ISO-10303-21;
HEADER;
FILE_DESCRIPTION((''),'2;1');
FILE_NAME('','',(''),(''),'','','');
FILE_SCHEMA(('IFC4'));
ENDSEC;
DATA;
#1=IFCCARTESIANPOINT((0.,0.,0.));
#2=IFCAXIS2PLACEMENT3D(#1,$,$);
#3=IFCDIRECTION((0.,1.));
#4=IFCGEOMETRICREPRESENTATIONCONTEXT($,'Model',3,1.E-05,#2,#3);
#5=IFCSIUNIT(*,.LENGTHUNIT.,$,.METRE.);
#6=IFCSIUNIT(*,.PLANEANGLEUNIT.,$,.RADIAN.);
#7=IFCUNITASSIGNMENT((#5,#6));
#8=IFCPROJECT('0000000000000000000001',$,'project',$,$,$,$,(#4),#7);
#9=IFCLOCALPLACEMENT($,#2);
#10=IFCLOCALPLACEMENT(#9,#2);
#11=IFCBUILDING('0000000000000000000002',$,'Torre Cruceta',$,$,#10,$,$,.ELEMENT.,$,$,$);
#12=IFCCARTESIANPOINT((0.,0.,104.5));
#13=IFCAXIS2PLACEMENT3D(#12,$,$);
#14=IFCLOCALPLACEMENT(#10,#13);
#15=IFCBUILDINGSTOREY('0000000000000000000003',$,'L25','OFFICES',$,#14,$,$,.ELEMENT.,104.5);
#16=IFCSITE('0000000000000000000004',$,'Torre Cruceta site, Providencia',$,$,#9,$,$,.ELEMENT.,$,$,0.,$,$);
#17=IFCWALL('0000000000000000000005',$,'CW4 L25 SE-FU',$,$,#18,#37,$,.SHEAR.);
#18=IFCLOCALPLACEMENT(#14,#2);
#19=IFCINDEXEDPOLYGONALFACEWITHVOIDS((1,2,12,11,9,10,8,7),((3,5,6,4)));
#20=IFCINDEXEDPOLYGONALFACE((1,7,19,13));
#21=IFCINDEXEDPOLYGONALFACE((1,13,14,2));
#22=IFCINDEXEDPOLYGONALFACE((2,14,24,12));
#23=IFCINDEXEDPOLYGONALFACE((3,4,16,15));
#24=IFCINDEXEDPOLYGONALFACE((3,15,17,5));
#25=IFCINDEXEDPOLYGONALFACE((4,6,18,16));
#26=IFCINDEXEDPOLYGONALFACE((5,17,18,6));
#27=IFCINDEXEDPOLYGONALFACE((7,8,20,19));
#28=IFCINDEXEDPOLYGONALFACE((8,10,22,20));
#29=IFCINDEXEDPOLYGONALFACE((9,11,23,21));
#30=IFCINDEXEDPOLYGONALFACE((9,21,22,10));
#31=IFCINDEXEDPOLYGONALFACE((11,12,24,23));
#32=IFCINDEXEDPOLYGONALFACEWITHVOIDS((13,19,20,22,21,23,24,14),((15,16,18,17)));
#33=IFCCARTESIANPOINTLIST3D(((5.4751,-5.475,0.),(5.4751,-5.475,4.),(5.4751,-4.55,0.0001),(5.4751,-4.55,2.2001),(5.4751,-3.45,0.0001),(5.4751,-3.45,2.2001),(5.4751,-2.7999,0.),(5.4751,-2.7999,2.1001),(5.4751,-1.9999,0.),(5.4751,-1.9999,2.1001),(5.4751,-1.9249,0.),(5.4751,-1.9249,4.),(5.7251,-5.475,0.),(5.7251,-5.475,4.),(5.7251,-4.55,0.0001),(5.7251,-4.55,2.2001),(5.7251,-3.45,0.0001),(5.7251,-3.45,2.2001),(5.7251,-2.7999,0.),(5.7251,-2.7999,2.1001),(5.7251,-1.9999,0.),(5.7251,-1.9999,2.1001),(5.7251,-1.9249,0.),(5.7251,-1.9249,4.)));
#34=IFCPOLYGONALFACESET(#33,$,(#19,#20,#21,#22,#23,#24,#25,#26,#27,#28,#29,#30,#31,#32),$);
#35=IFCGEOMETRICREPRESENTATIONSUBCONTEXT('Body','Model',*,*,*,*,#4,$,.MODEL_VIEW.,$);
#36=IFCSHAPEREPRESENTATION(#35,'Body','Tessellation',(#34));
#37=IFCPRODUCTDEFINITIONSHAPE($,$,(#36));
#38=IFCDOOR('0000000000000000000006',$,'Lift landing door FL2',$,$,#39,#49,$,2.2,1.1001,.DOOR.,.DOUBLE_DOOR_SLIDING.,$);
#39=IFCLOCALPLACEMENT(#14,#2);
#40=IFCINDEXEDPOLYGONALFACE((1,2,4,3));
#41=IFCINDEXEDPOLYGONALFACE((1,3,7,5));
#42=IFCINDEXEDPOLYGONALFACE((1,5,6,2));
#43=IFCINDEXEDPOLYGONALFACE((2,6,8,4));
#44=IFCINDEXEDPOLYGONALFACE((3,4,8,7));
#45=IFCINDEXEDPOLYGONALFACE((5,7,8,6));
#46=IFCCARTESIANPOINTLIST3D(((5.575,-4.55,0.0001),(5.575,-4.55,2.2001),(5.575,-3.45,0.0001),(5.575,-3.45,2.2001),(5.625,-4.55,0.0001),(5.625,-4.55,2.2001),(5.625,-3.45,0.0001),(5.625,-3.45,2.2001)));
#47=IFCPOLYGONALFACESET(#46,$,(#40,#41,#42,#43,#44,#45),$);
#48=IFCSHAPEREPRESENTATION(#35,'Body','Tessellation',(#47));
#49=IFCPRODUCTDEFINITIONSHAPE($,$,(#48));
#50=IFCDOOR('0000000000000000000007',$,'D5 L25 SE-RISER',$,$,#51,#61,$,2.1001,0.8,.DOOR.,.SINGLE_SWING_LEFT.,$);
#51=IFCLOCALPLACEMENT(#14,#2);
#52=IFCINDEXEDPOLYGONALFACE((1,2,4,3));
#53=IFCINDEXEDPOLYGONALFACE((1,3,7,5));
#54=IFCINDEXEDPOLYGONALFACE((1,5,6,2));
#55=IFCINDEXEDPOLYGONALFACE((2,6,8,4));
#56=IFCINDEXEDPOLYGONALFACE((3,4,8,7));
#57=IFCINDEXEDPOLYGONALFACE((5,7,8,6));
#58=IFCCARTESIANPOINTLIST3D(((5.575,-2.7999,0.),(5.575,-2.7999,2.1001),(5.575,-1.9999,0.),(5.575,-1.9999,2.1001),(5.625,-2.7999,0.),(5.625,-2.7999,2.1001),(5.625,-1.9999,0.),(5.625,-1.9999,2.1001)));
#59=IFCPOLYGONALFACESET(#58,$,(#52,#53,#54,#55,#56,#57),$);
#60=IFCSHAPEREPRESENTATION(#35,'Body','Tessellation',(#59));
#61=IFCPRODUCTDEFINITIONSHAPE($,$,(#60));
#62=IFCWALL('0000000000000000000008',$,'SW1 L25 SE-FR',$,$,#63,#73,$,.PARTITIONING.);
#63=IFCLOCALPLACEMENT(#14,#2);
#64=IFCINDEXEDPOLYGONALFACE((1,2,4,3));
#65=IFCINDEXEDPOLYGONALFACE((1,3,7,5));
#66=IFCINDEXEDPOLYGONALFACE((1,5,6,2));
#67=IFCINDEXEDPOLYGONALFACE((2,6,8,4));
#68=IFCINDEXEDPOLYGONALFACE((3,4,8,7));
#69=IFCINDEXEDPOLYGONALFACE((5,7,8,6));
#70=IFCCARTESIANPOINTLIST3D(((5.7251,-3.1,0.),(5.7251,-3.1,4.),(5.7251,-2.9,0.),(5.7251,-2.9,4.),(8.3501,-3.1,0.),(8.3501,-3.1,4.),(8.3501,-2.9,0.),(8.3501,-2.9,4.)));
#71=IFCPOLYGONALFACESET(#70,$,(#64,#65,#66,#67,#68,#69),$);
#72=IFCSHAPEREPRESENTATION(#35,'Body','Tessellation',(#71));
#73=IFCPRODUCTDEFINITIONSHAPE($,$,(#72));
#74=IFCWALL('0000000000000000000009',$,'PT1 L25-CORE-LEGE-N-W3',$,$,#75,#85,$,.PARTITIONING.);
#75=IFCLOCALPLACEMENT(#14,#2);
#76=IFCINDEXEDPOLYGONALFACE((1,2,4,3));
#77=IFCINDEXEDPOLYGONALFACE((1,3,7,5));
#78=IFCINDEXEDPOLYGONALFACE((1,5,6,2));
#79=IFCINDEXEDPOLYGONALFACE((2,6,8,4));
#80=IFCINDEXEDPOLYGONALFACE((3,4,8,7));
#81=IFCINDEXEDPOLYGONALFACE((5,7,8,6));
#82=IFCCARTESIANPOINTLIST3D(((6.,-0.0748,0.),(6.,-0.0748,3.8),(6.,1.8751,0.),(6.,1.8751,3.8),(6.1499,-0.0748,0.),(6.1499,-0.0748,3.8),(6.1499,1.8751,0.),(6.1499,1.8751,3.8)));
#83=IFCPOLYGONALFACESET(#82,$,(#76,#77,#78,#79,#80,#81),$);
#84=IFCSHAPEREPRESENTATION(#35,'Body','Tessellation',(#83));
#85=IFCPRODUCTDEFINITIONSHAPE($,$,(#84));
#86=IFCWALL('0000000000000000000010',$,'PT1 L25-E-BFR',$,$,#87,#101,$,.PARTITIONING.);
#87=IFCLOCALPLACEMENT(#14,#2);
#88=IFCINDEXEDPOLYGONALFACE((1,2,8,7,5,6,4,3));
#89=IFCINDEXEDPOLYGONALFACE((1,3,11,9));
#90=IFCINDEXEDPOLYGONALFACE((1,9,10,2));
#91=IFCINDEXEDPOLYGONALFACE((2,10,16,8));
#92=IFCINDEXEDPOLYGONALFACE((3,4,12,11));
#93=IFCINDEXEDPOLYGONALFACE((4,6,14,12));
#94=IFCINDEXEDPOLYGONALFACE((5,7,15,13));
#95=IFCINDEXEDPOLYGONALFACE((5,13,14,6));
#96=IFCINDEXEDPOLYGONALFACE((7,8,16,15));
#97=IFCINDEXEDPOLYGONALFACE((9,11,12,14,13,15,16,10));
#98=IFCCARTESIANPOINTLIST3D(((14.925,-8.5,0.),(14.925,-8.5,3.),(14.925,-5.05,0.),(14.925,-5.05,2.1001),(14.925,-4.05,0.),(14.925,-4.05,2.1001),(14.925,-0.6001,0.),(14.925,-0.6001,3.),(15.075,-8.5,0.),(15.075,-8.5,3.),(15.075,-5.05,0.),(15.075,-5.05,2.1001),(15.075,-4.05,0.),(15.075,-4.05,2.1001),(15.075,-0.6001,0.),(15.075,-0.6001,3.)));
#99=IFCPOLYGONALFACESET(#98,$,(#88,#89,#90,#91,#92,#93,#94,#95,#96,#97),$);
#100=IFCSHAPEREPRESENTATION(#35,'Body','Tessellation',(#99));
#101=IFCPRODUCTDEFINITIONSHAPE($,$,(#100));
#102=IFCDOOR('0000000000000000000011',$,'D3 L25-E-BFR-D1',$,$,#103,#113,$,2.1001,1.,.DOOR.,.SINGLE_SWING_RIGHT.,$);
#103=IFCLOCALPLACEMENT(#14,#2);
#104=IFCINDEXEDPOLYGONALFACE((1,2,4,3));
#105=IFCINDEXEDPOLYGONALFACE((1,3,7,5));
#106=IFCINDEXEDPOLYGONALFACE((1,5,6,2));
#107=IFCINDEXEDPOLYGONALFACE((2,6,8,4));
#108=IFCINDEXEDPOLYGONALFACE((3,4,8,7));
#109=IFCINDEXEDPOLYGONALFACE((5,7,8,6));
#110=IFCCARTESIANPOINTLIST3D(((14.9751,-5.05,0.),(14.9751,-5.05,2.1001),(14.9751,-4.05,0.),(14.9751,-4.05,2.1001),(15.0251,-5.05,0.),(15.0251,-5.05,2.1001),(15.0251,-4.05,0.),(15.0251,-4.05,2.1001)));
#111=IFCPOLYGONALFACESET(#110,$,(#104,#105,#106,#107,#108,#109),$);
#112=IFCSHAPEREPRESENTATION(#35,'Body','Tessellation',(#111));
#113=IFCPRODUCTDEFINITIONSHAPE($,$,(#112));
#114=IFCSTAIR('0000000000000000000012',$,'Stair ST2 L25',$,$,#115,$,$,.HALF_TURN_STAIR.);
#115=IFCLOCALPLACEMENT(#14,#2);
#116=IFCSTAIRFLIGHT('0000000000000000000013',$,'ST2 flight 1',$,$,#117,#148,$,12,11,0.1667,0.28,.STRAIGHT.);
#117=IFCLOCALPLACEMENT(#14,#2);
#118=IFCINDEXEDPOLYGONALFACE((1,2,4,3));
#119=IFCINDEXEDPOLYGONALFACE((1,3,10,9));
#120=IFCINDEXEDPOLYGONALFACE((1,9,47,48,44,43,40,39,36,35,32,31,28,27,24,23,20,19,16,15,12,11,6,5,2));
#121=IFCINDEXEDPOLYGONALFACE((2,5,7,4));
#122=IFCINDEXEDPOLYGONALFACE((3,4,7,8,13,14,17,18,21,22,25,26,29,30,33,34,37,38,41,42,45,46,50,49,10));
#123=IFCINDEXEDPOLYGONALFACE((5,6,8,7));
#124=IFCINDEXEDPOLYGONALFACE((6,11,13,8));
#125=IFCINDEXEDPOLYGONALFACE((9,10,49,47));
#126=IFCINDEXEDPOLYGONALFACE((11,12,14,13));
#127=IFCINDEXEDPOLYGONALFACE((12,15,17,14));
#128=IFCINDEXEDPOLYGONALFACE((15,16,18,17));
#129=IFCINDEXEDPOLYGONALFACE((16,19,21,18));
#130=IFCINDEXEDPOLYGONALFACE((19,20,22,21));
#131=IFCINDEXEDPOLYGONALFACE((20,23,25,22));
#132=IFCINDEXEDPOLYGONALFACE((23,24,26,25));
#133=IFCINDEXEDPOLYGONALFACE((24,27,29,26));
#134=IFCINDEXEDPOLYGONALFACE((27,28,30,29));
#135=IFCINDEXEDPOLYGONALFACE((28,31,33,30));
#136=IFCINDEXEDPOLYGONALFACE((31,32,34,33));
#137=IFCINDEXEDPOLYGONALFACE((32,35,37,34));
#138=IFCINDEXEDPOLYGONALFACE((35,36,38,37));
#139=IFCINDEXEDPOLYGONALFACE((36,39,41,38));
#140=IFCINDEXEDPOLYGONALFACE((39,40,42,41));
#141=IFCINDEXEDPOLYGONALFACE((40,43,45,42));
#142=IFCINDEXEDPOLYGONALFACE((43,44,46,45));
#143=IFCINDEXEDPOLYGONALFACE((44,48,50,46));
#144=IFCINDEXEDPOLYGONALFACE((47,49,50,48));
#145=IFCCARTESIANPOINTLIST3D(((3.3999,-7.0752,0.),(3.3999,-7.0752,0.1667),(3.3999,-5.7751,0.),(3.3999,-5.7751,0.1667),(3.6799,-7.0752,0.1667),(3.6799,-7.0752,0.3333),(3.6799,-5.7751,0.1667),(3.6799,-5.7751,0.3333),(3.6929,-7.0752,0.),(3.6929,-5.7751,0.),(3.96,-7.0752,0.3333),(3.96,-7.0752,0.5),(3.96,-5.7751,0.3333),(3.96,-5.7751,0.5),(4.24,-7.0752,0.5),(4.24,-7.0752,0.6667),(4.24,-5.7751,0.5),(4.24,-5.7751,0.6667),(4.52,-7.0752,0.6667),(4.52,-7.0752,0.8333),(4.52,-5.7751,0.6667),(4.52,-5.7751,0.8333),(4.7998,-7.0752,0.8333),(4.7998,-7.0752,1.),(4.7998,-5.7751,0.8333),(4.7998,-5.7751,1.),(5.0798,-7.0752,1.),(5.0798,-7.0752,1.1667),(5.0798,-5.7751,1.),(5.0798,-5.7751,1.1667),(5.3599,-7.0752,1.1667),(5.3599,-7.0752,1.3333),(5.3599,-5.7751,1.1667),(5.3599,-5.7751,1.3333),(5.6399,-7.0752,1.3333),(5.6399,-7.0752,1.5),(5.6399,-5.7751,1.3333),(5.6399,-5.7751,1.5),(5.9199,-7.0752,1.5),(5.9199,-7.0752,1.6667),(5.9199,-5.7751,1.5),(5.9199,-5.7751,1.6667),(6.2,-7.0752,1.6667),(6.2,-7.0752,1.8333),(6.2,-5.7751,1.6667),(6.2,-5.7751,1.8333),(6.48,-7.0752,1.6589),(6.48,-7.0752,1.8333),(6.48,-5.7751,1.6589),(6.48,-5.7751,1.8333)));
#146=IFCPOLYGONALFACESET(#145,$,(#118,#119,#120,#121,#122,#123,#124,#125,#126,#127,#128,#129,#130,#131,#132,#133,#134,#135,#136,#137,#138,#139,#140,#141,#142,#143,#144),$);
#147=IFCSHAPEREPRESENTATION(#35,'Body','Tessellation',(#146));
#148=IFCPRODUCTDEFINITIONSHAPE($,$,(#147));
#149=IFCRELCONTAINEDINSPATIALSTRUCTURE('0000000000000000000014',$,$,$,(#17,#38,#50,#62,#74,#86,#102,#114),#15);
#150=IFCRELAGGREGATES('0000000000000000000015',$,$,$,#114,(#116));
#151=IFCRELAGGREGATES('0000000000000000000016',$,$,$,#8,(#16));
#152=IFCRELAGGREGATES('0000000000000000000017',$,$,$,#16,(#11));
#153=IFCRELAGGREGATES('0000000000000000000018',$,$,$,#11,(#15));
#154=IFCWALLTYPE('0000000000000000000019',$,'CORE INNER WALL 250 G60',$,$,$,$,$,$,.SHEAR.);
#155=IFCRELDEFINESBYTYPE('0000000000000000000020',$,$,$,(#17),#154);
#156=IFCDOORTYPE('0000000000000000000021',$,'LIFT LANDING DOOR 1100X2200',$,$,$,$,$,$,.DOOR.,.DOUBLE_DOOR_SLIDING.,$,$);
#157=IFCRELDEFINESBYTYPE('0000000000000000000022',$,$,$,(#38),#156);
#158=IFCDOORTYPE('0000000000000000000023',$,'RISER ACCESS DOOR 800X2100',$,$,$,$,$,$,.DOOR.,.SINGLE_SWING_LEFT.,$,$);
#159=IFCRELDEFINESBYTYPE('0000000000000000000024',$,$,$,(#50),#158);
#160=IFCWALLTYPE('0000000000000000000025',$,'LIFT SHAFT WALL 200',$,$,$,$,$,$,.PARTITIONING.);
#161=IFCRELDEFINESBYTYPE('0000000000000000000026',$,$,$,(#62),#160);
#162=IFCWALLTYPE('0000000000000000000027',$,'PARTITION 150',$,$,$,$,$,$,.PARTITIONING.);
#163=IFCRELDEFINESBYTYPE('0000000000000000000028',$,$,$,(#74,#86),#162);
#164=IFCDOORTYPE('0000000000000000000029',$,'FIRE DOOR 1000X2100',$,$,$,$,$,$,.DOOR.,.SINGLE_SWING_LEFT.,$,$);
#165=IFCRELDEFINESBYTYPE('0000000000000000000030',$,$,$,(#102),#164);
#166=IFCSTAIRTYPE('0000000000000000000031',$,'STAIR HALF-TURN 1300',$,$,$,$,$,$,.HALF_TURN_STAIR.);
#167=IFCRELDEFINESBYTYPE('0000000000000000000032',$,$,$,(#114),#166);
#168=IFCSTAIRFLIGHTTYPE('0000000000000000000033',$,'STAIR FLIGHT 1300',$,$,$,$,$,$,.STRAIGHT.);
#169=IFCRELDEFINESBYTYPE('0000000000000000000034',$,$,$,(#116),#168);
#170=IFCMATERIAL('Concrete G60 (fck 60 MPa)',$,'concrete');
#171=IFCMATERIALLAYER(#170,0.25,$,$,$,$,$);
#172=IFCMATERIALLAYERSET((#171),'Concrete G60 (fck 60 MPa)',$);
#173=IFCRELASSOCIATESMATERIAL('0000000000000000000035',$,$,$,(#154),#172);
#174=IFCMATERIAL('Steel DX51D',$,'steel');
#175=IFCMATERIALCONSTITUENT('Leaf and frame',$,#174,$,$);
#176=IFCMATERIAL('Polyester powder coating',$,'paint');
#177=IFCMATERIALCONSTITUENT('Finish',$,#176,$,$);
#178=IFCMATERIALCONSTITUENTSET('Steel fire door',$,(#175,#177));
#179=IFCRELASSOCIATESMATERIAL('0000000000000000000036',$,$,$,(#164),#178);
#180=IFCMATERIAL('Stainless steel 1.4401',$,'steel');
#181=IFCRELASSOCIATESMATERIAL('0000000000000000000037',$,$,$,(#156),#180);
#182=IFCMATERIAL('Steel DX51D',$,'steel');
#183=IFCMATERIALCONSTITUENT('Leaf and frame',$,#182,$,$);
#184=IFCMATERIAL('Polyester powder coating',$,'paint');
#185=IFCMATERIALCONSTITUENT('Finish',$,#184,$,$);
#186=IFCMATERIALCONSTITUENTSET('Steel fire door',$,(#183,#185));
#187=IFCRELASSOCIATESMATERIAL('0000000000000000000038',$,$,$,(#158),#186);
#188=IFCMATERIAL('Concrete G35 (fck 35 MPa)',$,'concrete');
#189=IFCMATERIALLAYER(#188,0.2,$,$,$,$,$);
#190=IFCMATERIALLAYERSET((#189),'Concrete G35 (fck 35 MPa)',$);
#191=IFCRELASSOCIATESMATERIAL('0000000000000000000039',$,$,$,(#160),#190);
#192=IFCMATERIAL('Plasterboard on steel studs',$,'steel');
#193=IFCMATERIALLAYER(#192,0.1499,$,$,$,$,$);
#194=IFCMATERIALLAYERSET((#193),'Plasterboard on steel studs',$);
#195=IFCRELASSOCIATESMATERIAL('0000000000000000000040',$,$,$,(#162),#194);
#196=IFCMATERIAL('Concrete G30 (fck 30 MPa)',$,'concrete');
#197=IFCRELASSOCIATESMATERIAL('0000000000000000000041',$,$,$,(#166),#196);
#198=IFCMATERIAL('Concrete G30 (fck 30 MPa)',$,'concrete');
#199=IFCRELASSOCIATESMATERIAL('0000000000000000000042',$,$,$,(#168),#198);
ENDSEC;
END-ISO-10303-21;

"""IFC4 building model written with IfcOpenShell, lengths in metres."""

from ifc_helpers import new_model, si_unit, direction, frame, frame_2d, origin, place, context, subcontext, project, spatial, polyline, rectangle, outline, extrude, material, layer, layer_set, constituent, constituent_set, type_object, element, fill, aggregate, save


model = new_model("IFC4")

# Units and contexts
model_context = context("Model", 3, precision=1e-05, world=origin(), true_north=direction((0.0, 1.0)))
body_context = subcontext(model_context, "Body", "Model", "MODEL_VIEW")
ifc_project = project(units=[si_unit("LENGTHUNIT", "METRE"), si_unit("PLANEANGLEUNIT", "RADIAN")], contexts=[model_context])

# Site, building, storey
site_placement = place(None, origin())
site = spatial("IfcSite", under=ifc_project, at=site_placement, Name="Torre Cruceta site, Providencia", CompositionType="ELEMENT", RefElevation=0.0)
building_placement = place(site_placement, origin())
building = spatial("IfcBuilding", under=site, at=building_placement, Name="Torre Cruceta", CompositionType="ELEMENT")
storey_placement = place(building_placement, frame((0.0, 0.0, 104.5)))
storey = spatial("IfcBuildingStorey", under=building, at=storey_placement, Name="L25", Description="OFFICES", CompositionType="ELEMENT", Elevation=104.5)

# Shared definitions
ifc_material_1 = material(Name="Concrete G60 (fck 60 MPa)", Category="concrete")
ifc_layer_1 = layer(ifc_material_1, 0.25)
ifc_layer_set_1 = layer_set([ifc_layer_1], Name="Concrete G60 (fck 60 MPa)")
wall_type_1 = type_object("IfcWallType", Name="CORE INNER WALL 250 G60", PredefinedType="SHEAR", material=ifc_layer_set_1)
ifc_material_2 = material(Name="Steel DX51D", Category="steel")
ifc_constituent_1 = constituent(ifc_material_2, Name="Leaf and frame")
ifc_material_3 = material(Name="Polyester powder coating", Category="paint")
ifc_constituent_2 = constituent(ifc_material_3, Name="Finish")
ifc_constituent_set_1 = constituent_set(constituents=[ifc_constituent_1, ifc_constituent_2], Name="Steel fire door")
door_type_1 = type_object("IfcDoorType", Name="FIRE DOOR 1000X2100", OperationType="SINGLE_SWING_LEFT", PredefinedType="DOOR", material=ifc_constituent_set_1)

# Wall, openings, doors
wall_1_placement = place(storey_placement, frame((5.6001, -1.925, 0.0), z_axis=(0.0, 0.0, 1.0), x_axis=(0.0, -1.0, 0.0)))
wall_1 = element("IfcWall", 1, at=wall_1_placement, inside=storey, type_object=wall_type_1, Name="CW4 L25 SE-FU", PredefinedType="SHEAR", context=body_context, shape_type="SweptSolid", body=[
    extrude(rectangle(XDim=3.55, YDim=0.25, at=frame_2d((1.7749, 0.0))), origin(), (0.0, 0.0, 1.0), 4.0),
])
opening_1_placement = place(wall_1_placement, frame((1.5249, 0.0, 0.0)))
opening_1 = element("IfcOpeningElement", 2, at=opening_1_placement, cuts=wall_1, PredefinedType="OPENING", context=body_context, shape_type="SweptSolid", body=[
    extrude(rectangle(XDim=1.1001, YDim=2.2, at=frame_2d((0.55, 1.1001))), frame((0.0, 0.135, 0.0), z_axis=(0.0, -1.0, 0.0), x_axis=(1.0, 0.0, 0.0)), (0.0, 0.0, 1.0), 0.27),
])
opening_2_placement = place(wall_1_placement, frame((0.075, 0.0, 0.0)))
opening_2 = element("IfcOpeningElement", 3, at=opening_2_placement, cuts=wall_1, PredefinedType="OPENING", context=body_context, shape_type="SweptSolid", body=[
    extrude(rectangle(XDim=0.8, YDim=2.1001, at=frame_2d((0.3999, 1.05))), frame((0.0, 0.135, 0.0), z_axis=(0.0, -1.0, 0.0), x_axis=(1.0, 0.0, 0.0)), (0.0, 0.0, 1.0), 0.27),
])
ifc_material_4 = material(Name="Stainless steel 1.4401", Category="steel")
door_type_2 = type_object("IfcDoorType", Name="LIFT LANDING DOOR 1100X2200", OperationType="DOUBLE_DOOR_SLIDING", PredefinedType="DOOR", material=ifc_material_4)
door_1_placement = place(opening_1_placement, origin())
door_1 = element("IfcDoor", 4, at=door_1_placement, inside=storey, type_object=door_type_2, Name="Lift landing door FL2", OperationType="DOUBLE_DOOR_SLIDING", OverallHeight=2.2, OverallWidth=1.1001, PredefinedType="DOOR", context=body_context, shape_type="SweptSolid", body=[
    extrude(rectangle(XDim=1.1001, YDim=2.2, at=frame_2d((0.55, 1.1001))), frame((0.0, 0.0249, 0.0), z_axis=(0.0, -1.0, 0.0), x_axis=(1.0, 0.0, 0.0)), (0.0, 0.0, 1.0), 0.05),
])
fill(opening_1, door_1)
ifc_material_5 = material(Name="Steel DX51D", Category="steel")
ifc_constituent_3 = constituent(ifc_material_5, Name="Leaf and frame")
ifc_material_6 = material(Name="Polyester powder coating", Category="paint")
ifc_constituent_4 = constituent(ifc_material_6, Name="Finish")
ifc_constituent_set_2 = constituent_set(constituents=[ifc_constituent_3, ifc_constituent_4], Name="Steel fire door")
door_type_3 = type_object("IfcDoorType", Name="RISER ACCESS DOOR 800X2100", OperationType="SINGLE_SWING_LEFT", PredefinedType="DOOR", material=ifc_constituent_set_2)
door_2_placement = place(opening_2_placement, origin())
door_2 = element("IfcDoor", 5, at=door_2_placement, inside=storey, type_object=door_type_3, Name="D5 L25 SE-RISER", OperationType="SINGLE_SWING_LEFT", OverallHeight=2.1001, OverallWidth=0.8, PredefinedType="DOOR", context=body_context, shape_type="SweptSolid", body=[
    extrude(rectangle(XDim=0.8, YDim=2.1001, at=frame_2d((0.3999, 1.05))), frame((0.0, 0.0249, 0.0), z_axis=(0.0, -1.0, 0.0), x_axis=(1.0, 0.0, 0.0)), (0.0, 0.0, 1.0), 0.05),
])
fill(opening_2, door_2)

# Walls
ifc_material_7 = material(Name="Concrete G35 (fck 35 MPa)", Category="concrete")
ifc_layer_2 = layer(ifc_material_7, 0.2)
ifc_layer_set_2 = layer_set([ifc_layer_2], Name="Concrete G35 (fck 35 MPa)")
wall_type_2 = type_object("IfcWallType", Name="LIFT SHAFT WALL 200", PredefinedType="PARTITIONING", material=ifc_layer_set_2)
wall_2_placement = place(storey_placement, frame((5.7251, -3.0, 0.0), z_axis=(0.0, 0.0, 1.0), x_axis=(1.0, 0.0, 0.0)))
element("IfcWall", 6, at=wall_2_placement, inside=storey, type_object=wall_type_2, Name="SW1 L25 SE-FR", PredefinedType="PARTITIONING", context=body_context, shape_type="SweptSolid", body=[
    extrude(rectangle(XDim=2.625, YDim=0.2, at=frame_2d((1.3125, 0.0))), origin(), (0.0, 0.0, 1.0), 4.0),
])
ifc_material_8 = material(Name="Plasterboard on steel studs", Category="steel")
ifc_layer_3 = layer(ifc_material_8, 0.1499)
ifc_layer_set_3 = layer_set([ifc_layer_3], Name="Plasterboard on steel studs")
wall_type_3 = type_object("IfcWallType", Name="PARTITION 150", PredefinedType="PARTITIONING", material=ifc_layer_set_3)
wall_3_placement = place(storey_placement, frame((6.075, -0.075, 0.0), z_axis=(0.0, 0.0, 1.0), x_axis=(0.0, 1.0, 0.0)))
element("IfcWall", 7, at=wall_3_placement, inside=storey, type_object=wall_type_3, Name="PT1 L25-CORE-LEGE-N-W3", PredefinedType="PARTITIONING", context=body_context, shape_type="SweptSolid", body=[
    extrude(rectangle(XDim=1.95, YDim=0.1499, at=frame_2d((0.9751, 0.0))), origin(), (0.0, 0.0, 1.0), 3.8),
])

# Wall, opening, door
wall_4_placement = place(storey_placement, frame((15.0, -8.5, 0.0), z_axis=(0.0, 0.0, 1.0), x_axis=(0.0, 1.0, 0.0)))
wall_4 = element("IfcWall", 8, at=wall_4_placement, inside=storey, type_object=wall_type_3, Name="PT1 L25-E-BFR", PredefinedType="PARTITIONING", context=body_context, shape_type="SweptSolid", body=[
    extrude(rectangle(XDim=7.8999, YDim=0.1499, at=frame_2d((3.95, 0.0))), origin(), (0.0, 0.0, 1.0), 3.0),
])
opening_3_placement = place(wall_4_placement, frame((3.45, 0.0, 0.0)))
opening_3 = element("IfcOpeningElement", 9, at=opening_3_placement, cuts=wall_4, PredefinedType="OPENING", context=body_context, shape_type="SweptSolid", body=[
    extrude(rectangle(XDim=1.0, YDim=2.1001, at=frame_2d((0.5, 1.05))), frame((0.0, 0.085, 0.0), z_axis=(0.0, -1.0, 0.0), x_axis=(1.0, 0.0, 0.0)), (0.0, 0.0, 1.0), 0.1699),
])
door_3_placement = place(opening_3_placement, origin())
door_3 = element("IfcDoor", 10, at=door_3_placement, inside=storey, type_object=door_type_1, Name="D3 L25-E-BFR-D1", OperationType="SINGLE_SWING_RIGHT", OverallHeight=2.1001, OverallWidth=1.0, PredefinedType="DOOR", context=body_context, shape_type="SweptSolid", body=[
    extrude(rectangle(XDim=1.0, YDim=2.1001, at=frame_2d((0.5, 1.05))), frame((0.0, 0.0249, 0.0), z_axis=(0.0, -1.0, 0.0), x_axis=(1.0, 0.0, 0.0)), (0.0, 0.0, 1.0), 0.05),
])
fill(opening_3, door_3)

# Stair, stair flight
ifc_material_9 = material(Name="Concrete G30 (fck 30 MPa)", Category="concrete")
stair_type = type_object("IfcStairType", Name="STAIR HALF-TURN 1300", PredefinedType="HALF_TURN_STAIR", material=ifc_material_9)
stair_placement = place(storey_placement, origin())
stair = element("IfcStair", 11, at=stair_placement, inside=storey, type_object=stair_type, Name="Stair ST2 L25", PredefinedType="HALF_TURN_STAIR")
ifc_material_10 = material(Name="Concrete G30 (fck 30 MPa)", Category="concrete")
stair_flight_type = type_object("IfcStairFlightType", Name="STAIR FLIGHT 1300", PredefinedType="STRAIGHT", material=ifc_material_10)
stair_flight_1_placement = place(storey_placement, frame((3.3999, -6.425, 0.0), z_axis=(0.0, 0.0, 1.0), x_axis=(1.0, 0.0, 0.0)))
stair_flight_1 = element("IfcStairFlight", 12, at=stair_flight_1_placement, type_object=stair_flight_type, Name="ST2 flight 1", NumberOfRisers=12, NumberOfTreads=11, PredefinedType="STRAIGHT", RiserHeight=0.1667, TreadLength=0.28, context=body_context, shape_type="SweptSolid", body=[
    extrude(outline(polyline([(0.0, 0.0), (0.0, 0.1667), (0.28, 0.1667), (0.28, 0.3333), (0.5601, 0.3333), (0.5601, 0.5), (0.8401, 0.5), (0.8401, 0.6667), (1.1201, 0.6667), (1.1201, 0.8333), (1.3999, 0.8333), (1.3999, 1.0), (1.6799, 1.0), (1.6799, 1.1667), (1.96, 1.1667), (1.96, 1.3333), (2.24, 1.3333), (2.24, 1.5), (2.52, 1.5), (2.52, 1.6667), (2.8, 1.6667), (2.8, 1.8333), (3.0801, 1.8333), (3.0801, 2.0), (3.0801, 1.6589), (0.293, 0.0), (0.0, 0.0)])), frame((0.0, 0.6499, 0.0), z_axis=(0.0, -1.0, 0.0), x_axis=(1.0, 0.0, 0.0)), (0.0, 0.0, 1.0), 1.3),
])
aggregate(stair, [stair_flight_1])

save(model, "model.ifc")
